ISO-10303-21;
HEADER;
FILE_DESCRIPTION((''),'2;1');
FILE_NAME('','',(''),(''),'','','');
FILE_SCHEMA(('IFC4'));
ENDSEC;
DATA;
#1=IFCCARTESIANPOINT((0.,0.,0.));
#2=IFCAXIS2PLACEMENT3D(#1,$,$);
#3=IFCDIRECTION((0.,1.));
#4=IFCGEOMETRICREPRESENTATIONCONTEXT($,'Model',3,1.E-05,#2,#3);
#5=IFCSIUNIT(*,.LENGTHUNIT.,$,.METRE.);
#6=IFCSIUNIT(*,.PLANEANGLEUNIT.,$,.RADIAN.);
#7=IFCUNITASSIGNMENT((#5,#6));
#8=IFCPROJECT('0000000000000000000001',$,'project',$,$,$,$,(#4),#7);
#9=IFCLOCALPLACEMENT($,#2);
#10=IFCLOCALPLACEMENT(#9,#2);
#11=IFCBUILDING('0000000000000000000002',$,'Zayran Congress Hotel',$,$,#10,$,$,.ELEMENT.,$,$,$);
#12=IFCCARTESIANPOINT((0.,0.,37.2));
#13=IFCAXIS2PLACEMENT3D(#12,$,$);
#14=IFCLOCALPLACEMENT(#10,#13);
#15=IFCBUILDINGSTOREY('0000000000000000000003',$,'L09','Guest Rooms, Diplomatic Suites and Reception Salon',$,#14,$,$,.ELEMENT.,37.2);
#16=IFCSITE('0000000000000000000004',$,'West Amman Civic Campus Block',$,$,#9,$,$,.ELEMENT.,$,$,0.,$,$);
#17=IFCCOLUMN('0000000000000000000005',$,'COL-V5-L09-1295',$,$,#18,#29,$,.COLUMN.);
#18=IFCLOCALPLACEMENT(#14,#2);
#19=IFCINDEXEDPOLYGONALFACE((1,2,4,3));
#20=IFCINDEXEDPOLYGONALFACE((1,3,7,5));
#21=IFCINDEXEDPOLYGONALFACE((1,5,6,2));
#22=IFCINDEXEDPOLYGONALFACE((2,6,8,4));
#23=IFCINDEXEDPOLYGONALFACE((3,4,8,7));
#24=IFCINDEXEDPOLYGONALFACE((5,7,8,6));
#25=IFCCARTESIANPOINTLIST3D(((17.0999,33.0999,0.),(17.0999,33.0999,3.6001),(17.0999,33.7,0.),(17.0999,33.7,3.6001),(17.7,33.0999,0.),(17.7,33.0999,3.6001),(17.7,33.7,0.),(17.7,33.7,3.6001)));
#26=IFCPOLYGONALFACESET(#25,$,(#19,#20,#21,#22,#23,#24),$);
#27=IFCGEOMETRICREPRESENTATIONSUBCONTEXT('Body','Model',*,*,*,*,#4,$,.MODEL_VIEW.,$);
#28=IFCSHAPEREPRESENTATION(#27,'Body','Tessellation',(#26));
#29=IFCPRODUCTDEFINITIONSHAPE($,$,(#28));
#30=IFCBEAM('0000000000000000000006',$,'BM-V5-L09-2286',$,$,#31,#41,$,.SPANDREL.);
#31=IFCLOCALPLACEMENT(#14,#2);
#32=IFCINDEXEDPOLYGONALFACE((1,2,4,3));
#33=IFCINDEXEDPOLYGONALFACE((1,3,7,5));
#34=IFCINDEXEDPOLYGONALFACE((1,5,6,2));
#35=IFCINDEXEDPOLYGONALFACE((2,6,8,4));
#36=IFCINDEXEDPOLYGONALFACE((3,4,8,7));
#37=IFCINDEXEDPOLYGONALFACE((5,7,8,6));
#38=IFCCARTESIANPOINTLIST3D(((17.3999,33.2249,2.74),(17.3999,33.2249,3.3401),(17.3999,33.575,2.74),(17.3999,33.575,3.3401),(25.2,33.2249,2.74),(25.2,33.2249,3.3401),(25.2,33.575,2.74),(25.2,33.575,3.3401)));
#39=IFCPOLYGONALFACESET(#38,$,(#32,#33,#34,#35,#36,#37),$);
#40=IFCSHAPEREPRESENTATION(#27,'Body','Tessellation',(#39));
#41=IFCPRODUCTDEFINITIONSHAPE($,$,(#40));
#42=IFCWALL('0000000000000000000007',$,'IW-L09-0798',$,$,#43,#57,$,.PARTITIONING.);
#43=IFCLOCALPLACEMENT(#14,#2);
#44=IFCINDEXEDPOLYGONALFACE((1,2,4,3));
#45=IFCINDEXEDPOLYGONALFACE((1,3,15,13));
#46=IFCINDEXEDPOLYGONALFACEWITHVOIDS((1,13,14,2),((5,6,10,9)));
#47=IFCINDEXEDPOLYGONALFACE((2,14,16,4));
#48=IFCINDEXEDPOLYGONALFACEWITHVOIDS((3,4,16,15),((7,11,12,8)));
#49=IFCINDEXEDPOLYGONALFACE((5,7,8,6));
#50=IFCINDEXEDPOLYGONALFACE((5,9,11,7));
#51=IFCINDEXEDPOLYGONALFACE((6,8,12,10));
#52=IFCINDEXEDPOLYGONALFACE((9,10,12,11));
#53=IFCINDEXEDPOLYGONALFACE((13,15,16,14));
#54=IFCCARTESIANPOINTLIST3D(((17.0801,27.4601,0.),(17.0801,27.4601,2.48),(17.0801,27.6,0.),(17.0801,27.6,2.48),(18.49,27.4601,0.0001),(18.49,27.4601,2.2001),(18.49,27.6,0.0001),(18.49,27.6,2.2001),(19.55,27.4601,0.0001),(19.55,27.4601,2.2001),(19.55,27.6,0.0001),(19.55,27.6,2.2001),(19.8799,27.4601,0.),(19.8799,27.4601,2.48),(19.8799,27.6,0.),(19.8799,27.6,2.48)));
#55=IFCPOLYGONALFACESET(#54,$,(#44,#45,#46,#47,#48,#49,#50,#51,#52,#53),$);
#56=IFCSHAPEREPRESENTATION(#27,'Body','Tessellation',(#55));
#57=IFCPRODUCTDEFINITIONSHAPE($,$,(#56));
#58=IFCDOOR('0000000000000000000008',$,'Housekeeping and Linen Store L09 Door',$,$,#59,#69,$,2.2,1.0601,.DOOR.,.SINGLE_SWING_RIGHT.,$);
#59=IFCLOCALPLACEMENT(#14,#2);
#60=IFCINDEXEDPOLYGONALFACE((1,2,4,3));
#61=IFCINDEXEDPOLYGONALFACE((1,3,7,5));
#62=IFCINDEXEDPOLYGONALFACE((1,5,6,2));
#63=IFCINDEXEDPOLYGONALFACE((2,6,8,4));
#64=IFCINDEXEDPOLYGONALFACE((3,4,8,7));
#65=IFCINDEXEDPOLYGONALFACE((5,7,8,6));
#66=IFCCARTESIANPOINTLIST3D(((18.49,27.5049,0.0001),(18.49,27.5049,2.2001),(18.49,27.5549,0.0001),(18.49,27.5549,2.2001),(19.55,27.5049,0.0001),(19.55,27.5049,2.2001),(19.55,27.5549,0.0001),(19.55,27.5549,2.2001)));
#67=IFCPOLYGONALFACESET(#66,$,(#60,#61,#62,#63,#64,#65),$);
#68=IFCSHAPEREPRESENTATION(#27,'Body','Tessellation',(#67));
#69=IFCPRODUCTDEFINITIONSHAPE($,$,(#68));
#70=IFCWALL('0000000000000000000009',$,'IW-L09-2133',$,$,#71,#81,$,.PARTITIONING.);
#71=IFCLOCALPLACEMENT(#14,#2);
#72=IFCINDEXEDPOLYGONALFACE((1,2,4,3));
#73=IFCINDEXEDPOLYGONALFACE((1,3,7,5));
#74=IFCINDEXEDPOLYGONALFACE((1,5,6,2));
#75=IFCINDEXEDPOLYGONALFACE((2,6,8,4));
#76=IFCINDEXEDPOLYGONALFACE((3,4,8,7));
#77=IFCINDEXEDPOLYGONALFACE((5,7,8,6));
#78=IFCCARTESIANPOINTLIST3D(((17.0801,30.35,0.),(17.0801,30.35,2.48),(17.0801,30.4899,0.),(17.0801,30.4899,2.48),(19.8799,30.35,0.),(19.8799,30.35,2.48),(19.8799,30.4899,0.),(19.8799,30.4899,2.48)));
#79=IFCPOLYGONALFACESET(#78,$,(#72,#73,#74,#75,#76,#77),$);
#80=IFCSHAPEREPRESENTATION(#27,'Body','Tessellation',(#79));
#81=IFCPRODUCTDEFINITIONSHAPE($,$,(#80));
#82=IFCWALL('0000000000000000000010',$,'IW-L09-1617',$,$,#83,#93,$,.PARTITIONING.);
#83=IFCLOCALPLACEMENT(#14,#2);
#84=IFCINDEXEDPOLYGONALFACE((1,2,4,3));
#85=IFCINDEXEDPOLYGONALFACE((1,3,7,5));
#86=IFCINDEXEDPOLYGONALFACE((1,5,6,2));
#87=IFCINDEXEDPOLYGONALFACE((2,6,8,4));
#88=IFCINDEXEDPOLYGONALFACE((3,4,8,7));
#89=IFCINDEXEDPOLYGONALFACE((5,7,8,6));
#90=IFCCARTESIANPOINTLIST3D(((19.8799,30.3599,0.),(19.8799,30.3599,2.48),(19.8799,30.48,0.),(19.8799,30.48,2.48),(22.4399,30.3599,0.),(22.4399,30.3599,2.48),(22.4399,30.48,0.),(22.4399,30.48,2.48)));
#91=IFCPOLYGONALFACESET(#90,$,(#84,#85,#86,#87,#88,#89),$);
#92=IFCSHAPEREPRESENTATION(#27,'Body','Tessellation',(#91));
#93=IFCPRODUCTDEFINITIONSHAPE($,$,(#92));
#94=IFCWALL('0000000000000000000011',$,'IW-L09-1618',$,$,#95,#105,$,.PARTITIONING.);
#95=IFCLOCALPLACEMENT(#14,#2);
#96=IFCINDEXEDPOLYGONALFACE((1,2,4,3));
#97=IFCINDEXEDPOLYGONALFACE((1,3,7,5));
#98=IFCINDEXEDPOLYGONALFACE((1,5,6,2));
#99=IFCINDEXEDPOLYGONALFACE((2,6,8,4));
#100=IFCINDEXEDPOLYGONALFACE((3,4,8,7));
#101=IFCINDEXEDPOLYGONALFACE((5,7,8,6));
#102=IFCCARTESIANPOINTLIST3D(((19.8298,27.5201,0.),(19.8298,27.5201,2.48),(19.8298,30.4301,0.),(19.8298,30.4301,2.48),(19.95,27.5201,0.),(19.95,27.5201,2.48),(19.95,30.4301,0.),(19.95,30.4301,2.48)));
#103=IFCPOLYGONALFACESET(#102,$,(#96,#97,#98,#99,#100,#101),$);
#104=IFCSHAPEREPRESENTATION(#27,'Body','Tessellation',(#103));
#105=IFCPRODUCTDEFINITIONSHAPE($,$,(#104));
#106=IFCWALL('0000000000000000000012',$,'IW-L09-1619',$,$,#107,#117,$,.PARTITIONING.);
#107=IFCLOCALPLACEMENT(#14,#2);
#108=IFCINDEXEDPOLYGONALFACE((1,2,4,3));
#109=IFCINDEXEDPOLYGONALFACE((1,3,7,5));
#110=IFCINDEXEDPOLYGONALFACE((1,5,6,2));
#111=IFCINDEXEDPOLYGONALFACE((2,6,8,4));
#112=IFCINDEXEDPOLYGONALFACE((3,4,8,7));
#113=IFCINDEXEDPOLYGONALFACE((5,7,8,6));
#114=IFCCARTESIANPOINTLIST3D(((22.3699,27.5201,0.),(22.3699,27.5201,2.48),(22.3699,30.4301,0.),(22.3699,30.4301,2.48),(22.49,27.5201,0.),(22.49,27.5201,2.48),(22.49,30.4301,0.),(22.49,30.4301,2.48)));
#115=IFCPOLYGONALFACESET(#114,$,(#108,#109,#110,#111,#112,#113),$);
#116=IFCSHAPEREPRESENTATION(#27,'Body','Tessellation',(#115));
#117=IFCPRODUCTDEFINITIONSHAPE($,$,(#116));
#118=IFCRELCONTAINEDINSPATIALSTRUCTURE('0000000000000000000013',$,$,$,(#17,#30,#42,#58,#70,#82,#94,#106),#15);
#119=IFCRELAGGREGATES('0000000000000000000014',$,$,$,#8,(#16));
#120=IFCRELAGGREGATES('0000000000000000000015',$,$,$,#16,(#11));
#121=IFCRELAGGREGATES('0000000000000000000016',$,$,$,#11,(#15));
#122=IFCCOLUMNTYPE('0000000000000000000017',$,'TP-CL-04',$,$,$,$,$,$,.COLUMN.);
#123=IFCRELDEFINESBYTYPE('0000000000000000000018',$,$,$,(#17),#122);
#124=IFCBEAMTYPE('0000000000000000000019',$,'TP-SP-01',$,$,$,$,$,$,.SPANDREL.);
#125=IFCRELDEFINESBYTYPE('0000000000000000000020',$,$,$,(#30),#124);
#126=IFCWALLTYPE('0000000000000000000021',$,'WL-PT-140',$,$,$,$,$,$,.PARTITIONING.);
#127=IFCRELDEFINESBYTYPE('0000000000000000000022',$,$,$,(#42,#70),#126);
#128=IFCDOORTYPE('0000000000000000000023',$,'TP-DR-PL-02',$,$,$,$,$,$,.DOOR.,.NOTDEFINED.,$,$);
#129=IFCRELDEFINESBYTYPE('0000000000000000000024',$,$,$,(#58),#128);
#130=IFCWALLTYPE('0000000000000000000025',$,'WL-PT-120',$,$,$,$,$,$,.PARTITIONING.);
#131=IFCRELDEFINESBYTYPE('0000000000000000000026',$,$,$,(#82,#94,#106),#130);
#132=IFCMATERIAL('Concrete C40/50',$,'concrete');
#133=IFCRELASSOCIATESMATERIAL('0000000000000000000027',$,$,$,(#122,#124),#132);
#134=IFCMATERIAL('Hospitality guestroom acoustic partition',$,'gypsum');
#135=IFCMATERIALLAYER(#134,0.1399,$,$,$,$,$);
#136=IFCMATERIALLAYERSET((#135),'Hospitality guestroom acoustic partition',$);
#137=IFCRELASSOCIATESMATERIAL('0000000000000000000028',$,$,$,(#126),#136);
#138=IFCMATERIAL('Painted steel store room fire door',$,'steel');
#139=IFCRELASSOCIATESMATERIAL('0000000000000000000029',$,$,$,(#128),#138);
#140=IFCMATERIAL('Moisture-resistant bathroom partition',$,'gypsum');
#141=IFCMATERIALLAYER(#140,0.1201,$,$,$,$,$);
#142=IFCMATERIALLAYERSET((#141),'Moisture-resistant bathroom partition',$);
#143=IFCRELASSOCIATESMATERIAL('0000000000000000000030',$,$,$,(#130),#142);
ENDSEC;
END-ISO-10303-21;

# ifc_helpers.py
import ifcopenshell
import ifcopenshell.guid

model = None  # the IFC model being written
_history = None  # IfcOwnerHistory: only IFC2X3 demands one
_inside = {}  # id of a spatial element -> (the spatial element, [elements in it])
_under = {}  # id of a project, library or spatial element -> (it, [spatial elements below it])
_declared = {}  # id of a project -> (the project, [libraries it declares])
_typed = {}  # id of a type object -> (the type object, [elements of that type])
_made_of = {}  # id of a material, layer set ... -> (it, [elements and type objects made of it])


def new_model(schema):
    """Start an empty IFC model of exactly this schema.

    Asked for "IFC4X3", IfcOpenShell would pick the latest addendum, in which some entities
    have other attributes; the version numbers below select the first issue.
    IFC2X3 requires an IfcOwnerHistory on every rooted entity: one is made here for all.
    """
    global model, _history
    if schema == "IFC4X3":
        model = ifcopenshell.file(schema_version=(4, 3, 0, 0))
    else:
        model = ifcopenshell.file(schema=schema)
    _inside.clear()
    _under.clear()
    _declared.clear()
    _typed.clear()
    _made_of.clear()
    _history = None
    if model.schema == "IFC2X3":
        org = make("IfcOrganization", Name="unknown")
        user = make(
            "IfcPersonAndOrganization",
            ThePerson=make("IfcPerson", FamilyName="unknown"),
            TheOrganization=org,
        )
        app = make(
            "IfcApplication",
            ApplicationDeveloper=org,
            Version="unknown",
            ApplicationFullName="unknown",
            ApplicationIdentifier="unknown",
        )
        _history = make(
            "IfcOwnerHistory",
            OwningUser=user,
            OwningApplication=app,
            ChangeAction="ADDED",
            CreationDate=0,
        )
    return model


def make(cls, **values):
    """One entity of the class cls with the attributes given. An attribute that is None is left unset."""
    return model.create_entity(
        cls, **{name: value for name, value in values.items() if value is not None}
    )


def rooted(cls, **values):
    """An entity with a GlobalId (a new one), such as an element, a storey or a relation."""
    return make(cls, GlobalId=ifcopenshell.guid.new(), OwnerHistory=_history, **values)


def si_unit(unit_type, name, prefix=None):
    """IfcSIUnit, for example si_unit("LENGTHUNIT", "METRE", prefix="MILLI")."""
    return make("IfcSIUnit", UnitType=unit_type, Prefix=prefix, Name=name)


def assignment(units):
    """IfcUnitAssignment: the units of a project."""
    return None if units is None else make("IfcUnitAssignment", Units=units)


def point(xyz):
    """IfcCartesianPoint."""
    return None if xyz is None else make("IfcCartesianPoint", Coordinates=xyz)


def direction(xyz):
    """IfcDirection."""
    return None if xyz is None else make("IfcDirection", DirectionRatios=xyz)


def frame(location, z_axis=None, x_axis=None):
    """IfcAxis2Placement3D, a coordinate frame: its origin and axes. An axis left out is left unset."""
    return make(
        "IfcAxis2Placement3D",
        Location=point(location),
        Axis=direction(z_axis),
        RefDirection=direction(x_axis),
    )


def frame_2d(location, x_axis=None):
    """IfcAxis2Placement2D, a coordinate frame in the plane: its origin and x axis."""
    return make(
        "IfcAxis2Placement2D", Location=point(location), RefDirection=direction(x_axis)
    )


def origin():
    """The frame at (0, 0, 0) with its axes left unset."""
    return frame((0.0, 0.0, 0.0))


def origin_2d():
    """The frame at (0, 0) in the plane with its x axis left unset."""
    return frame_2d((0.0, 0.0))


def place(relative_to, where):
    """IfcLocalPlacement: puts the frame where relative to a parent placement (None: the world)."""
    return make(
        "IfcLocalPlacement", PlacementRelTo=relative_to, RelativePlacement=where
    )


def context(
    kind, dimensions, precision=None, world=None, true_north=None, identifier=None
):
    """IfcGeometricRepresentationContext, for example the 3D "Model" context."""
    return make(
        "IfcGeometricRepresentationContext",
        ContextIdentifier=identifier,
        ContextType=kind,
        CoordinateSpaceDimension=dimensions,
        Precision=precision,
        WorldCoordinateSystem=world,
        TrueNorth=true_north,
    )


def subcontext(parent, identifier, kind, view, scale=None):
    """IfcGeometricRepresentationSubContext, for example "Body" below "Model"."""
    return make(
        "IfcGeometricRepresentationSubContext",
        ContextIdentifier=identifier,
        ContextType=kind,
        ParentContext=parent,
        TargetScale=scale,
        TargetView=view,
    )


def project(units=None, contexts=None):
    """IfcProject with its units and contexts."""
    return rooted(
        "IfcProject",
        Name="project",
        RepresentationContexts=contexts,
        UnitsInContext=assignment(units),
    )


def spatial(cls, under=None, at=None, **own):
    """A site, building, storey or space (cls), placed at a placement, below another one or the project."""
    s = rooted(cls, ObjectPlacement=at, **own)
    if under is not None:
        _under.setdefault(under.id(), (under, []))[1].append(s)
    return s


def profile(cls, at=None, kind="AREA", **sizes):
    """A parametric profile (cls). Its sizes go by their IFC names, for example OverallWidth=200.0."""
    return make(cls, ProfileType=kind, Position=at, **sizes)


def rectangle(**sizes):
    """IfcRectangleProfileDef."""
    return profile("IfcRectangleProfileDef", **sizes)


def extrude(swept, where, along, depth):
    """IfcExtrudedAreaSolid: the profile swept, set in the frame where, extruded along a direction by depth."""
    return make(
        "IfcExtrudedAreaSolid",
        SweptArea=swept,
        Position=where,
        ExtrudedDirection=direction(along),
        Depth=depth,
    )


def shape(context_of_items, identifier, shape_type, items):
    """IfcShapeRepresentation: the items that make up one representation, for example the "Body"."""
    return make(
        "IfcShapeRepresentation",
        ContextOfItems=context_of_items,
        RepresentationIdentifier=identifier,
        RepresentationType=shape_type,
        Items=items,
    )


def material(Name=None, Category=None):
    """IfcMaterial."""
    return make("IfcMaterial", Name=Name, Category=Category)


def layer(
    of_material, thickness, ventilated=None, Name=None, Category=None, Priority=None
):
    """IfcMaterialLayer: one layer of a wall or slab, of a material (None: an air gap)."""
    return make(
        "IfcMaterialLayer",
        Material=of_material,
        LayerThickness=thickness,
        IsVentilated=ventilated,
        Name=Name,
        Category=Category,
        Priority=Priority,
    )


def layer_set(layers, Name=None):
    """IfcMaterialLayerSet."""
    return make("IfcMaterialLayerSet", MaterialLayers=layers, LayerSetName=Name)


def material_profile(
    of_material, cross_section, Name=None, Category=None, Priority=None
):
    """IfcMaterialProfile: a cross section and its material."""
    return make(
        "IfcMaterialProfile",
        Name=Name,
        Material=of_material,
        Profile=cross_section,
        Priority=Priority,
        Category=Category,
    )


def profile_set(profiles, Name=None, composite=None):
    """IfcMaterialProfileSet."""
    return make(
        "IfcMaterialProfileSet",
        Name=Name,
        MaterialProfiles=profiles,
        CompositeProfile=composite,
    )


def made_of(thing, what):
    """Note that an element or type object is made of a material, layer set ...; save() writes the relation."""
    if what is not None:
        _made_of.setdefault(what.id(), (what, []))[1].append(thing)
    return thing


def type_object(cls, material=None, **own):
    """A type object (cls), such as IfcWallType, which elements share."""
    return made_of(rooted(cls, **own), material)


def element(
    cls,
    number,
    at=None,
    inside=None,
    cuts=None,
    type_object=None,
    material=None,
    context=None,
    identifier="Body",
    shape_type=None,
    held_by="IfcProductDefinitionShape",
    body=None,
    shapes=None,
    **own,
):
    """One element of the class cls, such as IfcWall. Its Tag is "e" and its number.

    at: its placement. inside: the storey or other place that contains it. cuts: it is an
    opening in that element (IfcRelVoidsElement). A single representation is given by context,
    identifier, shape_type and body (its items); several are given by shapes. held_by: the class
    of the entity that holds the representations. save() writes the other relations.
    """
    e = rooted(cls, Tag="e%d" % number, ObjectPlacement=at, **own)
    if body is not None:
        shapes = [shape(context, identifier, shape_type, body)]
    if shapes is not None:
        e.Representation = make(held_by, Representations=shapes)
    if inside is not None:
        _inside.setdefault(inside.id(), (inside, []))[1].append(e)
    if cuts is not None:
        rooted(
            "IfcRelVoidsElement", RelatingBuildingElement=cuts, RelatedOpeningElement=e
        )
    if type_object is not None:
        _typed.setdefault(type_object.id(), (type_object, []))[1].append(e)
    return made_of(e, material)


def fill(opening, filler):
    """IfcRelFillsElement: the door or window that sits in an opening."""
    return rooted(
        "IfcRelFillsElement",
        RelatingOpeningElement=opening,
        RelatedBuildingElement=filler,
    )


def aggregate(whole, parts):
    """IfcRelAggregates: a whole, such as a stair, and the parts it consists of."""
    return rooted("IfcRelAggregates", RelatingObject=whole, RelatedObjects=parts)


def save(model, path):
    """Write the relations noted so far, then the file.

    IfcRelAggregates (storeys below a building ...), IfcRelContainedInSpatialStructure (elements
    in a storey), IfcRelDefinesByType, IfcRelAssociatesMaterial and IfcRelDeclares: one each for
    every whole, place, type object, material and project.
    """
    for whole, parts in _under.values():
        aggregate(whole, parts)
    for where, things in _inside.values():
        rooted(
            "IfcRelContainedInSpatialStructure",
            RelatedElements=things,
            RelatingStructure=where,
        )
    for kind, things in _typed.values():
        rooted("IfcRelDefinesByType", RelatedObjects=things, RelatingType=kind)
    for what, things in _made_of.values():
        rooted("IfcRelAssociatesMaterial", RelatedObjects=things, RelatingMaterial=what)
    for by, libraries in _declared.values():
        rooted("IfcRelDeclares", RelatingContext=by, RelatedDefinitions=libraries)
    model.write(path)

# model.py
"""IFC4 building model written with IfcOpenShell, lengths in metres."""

from ifc_helpers import new_model, si_unit, direction, frame, frame_2d, origin, origin_2d, place, context, subcontext, project, spatial, rectangle, extrude, material, layer, layer_set, material_profile, profile_set, type_object, element, fill, save


model = new_model("IFC4")

# Units and contexts
model_context = context("Model", 3, precision=1e-05, world=origin(), true_north=direction((0.0, 1.0)))
body_context = subcontext(model_context, "Body", "Model", "MODEL_VIEW")
ifc_project = project(units=[si_unit("LENGTHUNIT", "METRE"), si_unit("PLANEANGLEUNIT", "RADIAN")], contexts=[model_context])

# Site, building, storey
site_placement = place(None, origin())
site = spatial("IfcSite", under=ifc_project, at=site_placement, Name="West Amman Civic Campus Block", CompositionType="ELEMENT", RefElevation=0.0)
building_placement = place(site_placement, origin())
building = spatial("IfcBuilding", under=site, at=building_placement, Name="Zayran Congress Hotel", CompositionType="ELEMENT")
storey_placement = place(building_placement, frame((0.0, 0.0, 37.2)))
storey = spatial("IfcBuildingStorey", under=building, at=storey_placement, Name="L09", Description="Guest Rooms, Diplomatic Suites and Reception Salon", CompositionType="ELEMENT", Elevation=37.2)

# Column
ifc_material_1 = material(Name="Concrete C40/50", Category="concrete")
ifc_material_profile_1 = material_profile(ifc_material_1, rectangle(XDim=0.6001, YDim=0.6001, at=origin_2d()), Name="RC 600x600")
ifc_profile_set_1 = profile_set([ifc_material_profile_1], Name="Concrete C40/50")
column_type = type_object("IfcColumnType", Name="TP-CL-04", PredefinedType="COLUMN", material=ifc_profile_set_1)
column_placement = place(storey_placement, frame((17.3999, 33.3999, 0.0), z_axis=(0.0, 0.0, 1.0), x_axis=(1.0, 0.0, 0.0)))
element("IfcColumn", 1, at=column_placement, inside=storey, type_object=column_type, Name="COL-V5-L09-1295", PredefinedType="COLUMN", context=body_context, shape_type="SweptSolid", body=[
    extrude(rectangle(XDim=0.6001, YDim=0.6001, at=origin_2d()), origin(), (0.0, 0.0, 1.0), 3.6001),
])

# Beam
ifc_material_profile_2 = material_profile(ifc_material_1, rectangle(XDim=0.3501, YDim=0.6001, at=origin_2d()), Name="RC 350x600")
ifc_profile_set_2 = profile_set([ifc_material_profile_2], Name="Concrete C40/50")
beam_type = type_object("IfcBeamType", Name="TP-SP-01", PredefinedType="SPANDREL", material=ifc_profile_set_2)
beam_placement = place(storey_placement, frame((17.3999, 33.3999, 3.04), z_axis=(1.0, 0.0, 0.0), x_axis=(0.0, 1.0, 0.0)))
element("IfcBeam", 2, at=beam_placement, inside=storey, type_object=beam_type, Name="BM-V5-L09-2286", PredefinedType="SPANDREL", context=body_context, shape_type="SweptSolid", body=[
    extrude(rectangle(XDim=0.3501, YDim=0.6001, at=origin_2d()), origin(), (0.0, 0.0, 1.0), 7.8),
])

# Wall, opening, door
ifc_material_2 = material(Name="Hospitality guestroom acoustic partition", Category="gypsum")
ifc_layer_1 = layer(ifc_material_2, 0.1399)
ifc_layer_set_1 = layer_set([ifc_layer_1], Name="Hospitality guestroom acoustic partition")
wall_type_1 = type_object("IfcWallType", Name="WL-PT-140", PredefinedType="PARTITIONING", material=ifc_layer_set_1)
wall_1_placement = place(storey_placement, frame((17.0801, 27.53, 0.0), z_axis=(0.0, 0.0, 1.0), x_axis=(1.0, 0.0, 0.0)))
wall_1 = element("IfcWall", 3, at=wall_1_placement, inside=storey, type_object=wall_type_1, Name="IW-L09-0798", PredefinedType="PARTITIONING", context=body_context, shape_type="SweptSolid", body=[
    extrude(rectangle(XDim=2.7998, YDim=0.1399, at=frame_2d((1.3999, 0.0))), origin(), (0.0, 0.0, 1.0), 2.48),
])
opening_1_placement = place(wall_1_placement, frame((1.4099, 0.0, 0.0)))
opening_1 = element("IfcOpeningElement", 4, at=opening_1_placement, cuts=wall_1, PredefinedType="OPENING", context=body_context, shape_type="SweptSolid", body=[
    extrude(rectangle(XDim=1.0601, YDim=2.2, at=frame_2d((0.53, 1.1001))), frame((0.0, 0.0798, 0.0), z_axis=(0.0, -1.0, 0.0), x_axis=(1.0, 0.0, 0.0)), (0.0, 0.0, 1.0), 0.1599),
])
ifc_material_3 = material(Name="Painted steel store room fire door", Category="steel")
door_type_1 = type_object("IfcDoorType", Name="TP-DR-PL-02", OperationType="NOTDEFINED", PredefinedType="DOOR", material=ifc_material_3)
door_1_placement = place(opening_1_placement, origin())
door_1 = element("IfcDoor", 5, at=door_1_placement, inside=storey, type_object=door_type_1, Name="Housekeeping and Linen Store L09 Door", OperationType="SINGLE_SWING_RIGHT", OverallHeight=2.2, OverallWidth=1.0601, PredefinedType="DOOR", context=body_context, shape_type="SweptSolid", body=[
    extrude(rectangle(XDim=1.0601, YDim=2.2, at=frame_2d((0.53, 1.1001))), frame((0.0, 0.0249, 0.0), z_axis=(0.0, -1.0, 0.0), x_axis=(1.0, 0.0, 0.0)), (0.0, 0.0, 1.0), 0.05),
])
fill(opening_1, door_1)

# Wall
wall_2_placement = place(storey_placement, frame((17.0801, 30.4199, 0.0), z_axis=(0.0, 0.0, 1.0), x_axis=(1.0, 0.0, 0.0)))
element("IfcWall", 6, at=wall_2_placement, inside=storey, type_object=wall_type_1, Name="IW-L09-2133", PredefinedType="PARTITIONING", context=body_context, shape_type="SweptSolid", body=[
    extrude(rectangle(XDim=2.7998, YDim=0.1399, at=frame_2d((1.3999, 0.0))), origin(), (0.0, 0.0, 1.0), 2.48),
])

# Shared definitions
ifc_material_4 = material(Name="Moisture-resistant bathroom partition", Category="gypsum")
ifc_layer_2 = layer(ifc_material_4, 0.1201)
ifc_layer_set_2 = layer_set([ifc_layer_2], Name="Moisture-resistant bathroom partition")
wall_type_2 = type_object("IfcWallType", Name="WL-PT-120", PredefinedType="PARTITIONING", material=ifc_layer_set_2)

# Walls
wall_3_placement = place(storey_placement, frame((19.8799, 30.4199, 0.0), z_axis=(0.0, 0.0, 1.0), x_axis=(1.0, 0.0, 0.0)))
element("IfcWall", 7, at=wall_3_placement, inside=storey, type_object=wall_type_2, Name="IW-L09-1617", PredefinedType="PARTITIONING", context=body_context, shape_type="SweptSolid", body=[
    extrude(rectangle(XDim=2.5601, YDim=0.1201, at=frame_2d((1.28, 0.0))), origin(), (0.0, 0.0, 1.0), 2.48),
])
for number, where, z_axis, x_axis, name in (
    (8, (19.8899, 27.52, 0.0), (0.0, 0.0, 1.0), (0.0, 1.0, 0.0), "IW-L09-1618"),
    (9, (22.4299, 27.52, 0.0), (0.0, 0.0, 1.0), (0.0, 1.0, 0.0), "IW-L09-1619"),
):
    element("IfcWall", number, at=place(storey_placement, frame(where, z_axis=z_axis, x_axis=x_axis)), inside=storey, type_object=wall_type_2, Name=name, PredefinedType="PARTITIONING", context=body_context, shape_type="SweptSolid", body=[
        extrude(rectangle(XDim=2.9099, YDim=0.1201, at=frame_2d((1.4551, 0.0))), origin(), (0.0, 0.0, 1.0), 2.48),
    ])

save(model, "model.ifc")
